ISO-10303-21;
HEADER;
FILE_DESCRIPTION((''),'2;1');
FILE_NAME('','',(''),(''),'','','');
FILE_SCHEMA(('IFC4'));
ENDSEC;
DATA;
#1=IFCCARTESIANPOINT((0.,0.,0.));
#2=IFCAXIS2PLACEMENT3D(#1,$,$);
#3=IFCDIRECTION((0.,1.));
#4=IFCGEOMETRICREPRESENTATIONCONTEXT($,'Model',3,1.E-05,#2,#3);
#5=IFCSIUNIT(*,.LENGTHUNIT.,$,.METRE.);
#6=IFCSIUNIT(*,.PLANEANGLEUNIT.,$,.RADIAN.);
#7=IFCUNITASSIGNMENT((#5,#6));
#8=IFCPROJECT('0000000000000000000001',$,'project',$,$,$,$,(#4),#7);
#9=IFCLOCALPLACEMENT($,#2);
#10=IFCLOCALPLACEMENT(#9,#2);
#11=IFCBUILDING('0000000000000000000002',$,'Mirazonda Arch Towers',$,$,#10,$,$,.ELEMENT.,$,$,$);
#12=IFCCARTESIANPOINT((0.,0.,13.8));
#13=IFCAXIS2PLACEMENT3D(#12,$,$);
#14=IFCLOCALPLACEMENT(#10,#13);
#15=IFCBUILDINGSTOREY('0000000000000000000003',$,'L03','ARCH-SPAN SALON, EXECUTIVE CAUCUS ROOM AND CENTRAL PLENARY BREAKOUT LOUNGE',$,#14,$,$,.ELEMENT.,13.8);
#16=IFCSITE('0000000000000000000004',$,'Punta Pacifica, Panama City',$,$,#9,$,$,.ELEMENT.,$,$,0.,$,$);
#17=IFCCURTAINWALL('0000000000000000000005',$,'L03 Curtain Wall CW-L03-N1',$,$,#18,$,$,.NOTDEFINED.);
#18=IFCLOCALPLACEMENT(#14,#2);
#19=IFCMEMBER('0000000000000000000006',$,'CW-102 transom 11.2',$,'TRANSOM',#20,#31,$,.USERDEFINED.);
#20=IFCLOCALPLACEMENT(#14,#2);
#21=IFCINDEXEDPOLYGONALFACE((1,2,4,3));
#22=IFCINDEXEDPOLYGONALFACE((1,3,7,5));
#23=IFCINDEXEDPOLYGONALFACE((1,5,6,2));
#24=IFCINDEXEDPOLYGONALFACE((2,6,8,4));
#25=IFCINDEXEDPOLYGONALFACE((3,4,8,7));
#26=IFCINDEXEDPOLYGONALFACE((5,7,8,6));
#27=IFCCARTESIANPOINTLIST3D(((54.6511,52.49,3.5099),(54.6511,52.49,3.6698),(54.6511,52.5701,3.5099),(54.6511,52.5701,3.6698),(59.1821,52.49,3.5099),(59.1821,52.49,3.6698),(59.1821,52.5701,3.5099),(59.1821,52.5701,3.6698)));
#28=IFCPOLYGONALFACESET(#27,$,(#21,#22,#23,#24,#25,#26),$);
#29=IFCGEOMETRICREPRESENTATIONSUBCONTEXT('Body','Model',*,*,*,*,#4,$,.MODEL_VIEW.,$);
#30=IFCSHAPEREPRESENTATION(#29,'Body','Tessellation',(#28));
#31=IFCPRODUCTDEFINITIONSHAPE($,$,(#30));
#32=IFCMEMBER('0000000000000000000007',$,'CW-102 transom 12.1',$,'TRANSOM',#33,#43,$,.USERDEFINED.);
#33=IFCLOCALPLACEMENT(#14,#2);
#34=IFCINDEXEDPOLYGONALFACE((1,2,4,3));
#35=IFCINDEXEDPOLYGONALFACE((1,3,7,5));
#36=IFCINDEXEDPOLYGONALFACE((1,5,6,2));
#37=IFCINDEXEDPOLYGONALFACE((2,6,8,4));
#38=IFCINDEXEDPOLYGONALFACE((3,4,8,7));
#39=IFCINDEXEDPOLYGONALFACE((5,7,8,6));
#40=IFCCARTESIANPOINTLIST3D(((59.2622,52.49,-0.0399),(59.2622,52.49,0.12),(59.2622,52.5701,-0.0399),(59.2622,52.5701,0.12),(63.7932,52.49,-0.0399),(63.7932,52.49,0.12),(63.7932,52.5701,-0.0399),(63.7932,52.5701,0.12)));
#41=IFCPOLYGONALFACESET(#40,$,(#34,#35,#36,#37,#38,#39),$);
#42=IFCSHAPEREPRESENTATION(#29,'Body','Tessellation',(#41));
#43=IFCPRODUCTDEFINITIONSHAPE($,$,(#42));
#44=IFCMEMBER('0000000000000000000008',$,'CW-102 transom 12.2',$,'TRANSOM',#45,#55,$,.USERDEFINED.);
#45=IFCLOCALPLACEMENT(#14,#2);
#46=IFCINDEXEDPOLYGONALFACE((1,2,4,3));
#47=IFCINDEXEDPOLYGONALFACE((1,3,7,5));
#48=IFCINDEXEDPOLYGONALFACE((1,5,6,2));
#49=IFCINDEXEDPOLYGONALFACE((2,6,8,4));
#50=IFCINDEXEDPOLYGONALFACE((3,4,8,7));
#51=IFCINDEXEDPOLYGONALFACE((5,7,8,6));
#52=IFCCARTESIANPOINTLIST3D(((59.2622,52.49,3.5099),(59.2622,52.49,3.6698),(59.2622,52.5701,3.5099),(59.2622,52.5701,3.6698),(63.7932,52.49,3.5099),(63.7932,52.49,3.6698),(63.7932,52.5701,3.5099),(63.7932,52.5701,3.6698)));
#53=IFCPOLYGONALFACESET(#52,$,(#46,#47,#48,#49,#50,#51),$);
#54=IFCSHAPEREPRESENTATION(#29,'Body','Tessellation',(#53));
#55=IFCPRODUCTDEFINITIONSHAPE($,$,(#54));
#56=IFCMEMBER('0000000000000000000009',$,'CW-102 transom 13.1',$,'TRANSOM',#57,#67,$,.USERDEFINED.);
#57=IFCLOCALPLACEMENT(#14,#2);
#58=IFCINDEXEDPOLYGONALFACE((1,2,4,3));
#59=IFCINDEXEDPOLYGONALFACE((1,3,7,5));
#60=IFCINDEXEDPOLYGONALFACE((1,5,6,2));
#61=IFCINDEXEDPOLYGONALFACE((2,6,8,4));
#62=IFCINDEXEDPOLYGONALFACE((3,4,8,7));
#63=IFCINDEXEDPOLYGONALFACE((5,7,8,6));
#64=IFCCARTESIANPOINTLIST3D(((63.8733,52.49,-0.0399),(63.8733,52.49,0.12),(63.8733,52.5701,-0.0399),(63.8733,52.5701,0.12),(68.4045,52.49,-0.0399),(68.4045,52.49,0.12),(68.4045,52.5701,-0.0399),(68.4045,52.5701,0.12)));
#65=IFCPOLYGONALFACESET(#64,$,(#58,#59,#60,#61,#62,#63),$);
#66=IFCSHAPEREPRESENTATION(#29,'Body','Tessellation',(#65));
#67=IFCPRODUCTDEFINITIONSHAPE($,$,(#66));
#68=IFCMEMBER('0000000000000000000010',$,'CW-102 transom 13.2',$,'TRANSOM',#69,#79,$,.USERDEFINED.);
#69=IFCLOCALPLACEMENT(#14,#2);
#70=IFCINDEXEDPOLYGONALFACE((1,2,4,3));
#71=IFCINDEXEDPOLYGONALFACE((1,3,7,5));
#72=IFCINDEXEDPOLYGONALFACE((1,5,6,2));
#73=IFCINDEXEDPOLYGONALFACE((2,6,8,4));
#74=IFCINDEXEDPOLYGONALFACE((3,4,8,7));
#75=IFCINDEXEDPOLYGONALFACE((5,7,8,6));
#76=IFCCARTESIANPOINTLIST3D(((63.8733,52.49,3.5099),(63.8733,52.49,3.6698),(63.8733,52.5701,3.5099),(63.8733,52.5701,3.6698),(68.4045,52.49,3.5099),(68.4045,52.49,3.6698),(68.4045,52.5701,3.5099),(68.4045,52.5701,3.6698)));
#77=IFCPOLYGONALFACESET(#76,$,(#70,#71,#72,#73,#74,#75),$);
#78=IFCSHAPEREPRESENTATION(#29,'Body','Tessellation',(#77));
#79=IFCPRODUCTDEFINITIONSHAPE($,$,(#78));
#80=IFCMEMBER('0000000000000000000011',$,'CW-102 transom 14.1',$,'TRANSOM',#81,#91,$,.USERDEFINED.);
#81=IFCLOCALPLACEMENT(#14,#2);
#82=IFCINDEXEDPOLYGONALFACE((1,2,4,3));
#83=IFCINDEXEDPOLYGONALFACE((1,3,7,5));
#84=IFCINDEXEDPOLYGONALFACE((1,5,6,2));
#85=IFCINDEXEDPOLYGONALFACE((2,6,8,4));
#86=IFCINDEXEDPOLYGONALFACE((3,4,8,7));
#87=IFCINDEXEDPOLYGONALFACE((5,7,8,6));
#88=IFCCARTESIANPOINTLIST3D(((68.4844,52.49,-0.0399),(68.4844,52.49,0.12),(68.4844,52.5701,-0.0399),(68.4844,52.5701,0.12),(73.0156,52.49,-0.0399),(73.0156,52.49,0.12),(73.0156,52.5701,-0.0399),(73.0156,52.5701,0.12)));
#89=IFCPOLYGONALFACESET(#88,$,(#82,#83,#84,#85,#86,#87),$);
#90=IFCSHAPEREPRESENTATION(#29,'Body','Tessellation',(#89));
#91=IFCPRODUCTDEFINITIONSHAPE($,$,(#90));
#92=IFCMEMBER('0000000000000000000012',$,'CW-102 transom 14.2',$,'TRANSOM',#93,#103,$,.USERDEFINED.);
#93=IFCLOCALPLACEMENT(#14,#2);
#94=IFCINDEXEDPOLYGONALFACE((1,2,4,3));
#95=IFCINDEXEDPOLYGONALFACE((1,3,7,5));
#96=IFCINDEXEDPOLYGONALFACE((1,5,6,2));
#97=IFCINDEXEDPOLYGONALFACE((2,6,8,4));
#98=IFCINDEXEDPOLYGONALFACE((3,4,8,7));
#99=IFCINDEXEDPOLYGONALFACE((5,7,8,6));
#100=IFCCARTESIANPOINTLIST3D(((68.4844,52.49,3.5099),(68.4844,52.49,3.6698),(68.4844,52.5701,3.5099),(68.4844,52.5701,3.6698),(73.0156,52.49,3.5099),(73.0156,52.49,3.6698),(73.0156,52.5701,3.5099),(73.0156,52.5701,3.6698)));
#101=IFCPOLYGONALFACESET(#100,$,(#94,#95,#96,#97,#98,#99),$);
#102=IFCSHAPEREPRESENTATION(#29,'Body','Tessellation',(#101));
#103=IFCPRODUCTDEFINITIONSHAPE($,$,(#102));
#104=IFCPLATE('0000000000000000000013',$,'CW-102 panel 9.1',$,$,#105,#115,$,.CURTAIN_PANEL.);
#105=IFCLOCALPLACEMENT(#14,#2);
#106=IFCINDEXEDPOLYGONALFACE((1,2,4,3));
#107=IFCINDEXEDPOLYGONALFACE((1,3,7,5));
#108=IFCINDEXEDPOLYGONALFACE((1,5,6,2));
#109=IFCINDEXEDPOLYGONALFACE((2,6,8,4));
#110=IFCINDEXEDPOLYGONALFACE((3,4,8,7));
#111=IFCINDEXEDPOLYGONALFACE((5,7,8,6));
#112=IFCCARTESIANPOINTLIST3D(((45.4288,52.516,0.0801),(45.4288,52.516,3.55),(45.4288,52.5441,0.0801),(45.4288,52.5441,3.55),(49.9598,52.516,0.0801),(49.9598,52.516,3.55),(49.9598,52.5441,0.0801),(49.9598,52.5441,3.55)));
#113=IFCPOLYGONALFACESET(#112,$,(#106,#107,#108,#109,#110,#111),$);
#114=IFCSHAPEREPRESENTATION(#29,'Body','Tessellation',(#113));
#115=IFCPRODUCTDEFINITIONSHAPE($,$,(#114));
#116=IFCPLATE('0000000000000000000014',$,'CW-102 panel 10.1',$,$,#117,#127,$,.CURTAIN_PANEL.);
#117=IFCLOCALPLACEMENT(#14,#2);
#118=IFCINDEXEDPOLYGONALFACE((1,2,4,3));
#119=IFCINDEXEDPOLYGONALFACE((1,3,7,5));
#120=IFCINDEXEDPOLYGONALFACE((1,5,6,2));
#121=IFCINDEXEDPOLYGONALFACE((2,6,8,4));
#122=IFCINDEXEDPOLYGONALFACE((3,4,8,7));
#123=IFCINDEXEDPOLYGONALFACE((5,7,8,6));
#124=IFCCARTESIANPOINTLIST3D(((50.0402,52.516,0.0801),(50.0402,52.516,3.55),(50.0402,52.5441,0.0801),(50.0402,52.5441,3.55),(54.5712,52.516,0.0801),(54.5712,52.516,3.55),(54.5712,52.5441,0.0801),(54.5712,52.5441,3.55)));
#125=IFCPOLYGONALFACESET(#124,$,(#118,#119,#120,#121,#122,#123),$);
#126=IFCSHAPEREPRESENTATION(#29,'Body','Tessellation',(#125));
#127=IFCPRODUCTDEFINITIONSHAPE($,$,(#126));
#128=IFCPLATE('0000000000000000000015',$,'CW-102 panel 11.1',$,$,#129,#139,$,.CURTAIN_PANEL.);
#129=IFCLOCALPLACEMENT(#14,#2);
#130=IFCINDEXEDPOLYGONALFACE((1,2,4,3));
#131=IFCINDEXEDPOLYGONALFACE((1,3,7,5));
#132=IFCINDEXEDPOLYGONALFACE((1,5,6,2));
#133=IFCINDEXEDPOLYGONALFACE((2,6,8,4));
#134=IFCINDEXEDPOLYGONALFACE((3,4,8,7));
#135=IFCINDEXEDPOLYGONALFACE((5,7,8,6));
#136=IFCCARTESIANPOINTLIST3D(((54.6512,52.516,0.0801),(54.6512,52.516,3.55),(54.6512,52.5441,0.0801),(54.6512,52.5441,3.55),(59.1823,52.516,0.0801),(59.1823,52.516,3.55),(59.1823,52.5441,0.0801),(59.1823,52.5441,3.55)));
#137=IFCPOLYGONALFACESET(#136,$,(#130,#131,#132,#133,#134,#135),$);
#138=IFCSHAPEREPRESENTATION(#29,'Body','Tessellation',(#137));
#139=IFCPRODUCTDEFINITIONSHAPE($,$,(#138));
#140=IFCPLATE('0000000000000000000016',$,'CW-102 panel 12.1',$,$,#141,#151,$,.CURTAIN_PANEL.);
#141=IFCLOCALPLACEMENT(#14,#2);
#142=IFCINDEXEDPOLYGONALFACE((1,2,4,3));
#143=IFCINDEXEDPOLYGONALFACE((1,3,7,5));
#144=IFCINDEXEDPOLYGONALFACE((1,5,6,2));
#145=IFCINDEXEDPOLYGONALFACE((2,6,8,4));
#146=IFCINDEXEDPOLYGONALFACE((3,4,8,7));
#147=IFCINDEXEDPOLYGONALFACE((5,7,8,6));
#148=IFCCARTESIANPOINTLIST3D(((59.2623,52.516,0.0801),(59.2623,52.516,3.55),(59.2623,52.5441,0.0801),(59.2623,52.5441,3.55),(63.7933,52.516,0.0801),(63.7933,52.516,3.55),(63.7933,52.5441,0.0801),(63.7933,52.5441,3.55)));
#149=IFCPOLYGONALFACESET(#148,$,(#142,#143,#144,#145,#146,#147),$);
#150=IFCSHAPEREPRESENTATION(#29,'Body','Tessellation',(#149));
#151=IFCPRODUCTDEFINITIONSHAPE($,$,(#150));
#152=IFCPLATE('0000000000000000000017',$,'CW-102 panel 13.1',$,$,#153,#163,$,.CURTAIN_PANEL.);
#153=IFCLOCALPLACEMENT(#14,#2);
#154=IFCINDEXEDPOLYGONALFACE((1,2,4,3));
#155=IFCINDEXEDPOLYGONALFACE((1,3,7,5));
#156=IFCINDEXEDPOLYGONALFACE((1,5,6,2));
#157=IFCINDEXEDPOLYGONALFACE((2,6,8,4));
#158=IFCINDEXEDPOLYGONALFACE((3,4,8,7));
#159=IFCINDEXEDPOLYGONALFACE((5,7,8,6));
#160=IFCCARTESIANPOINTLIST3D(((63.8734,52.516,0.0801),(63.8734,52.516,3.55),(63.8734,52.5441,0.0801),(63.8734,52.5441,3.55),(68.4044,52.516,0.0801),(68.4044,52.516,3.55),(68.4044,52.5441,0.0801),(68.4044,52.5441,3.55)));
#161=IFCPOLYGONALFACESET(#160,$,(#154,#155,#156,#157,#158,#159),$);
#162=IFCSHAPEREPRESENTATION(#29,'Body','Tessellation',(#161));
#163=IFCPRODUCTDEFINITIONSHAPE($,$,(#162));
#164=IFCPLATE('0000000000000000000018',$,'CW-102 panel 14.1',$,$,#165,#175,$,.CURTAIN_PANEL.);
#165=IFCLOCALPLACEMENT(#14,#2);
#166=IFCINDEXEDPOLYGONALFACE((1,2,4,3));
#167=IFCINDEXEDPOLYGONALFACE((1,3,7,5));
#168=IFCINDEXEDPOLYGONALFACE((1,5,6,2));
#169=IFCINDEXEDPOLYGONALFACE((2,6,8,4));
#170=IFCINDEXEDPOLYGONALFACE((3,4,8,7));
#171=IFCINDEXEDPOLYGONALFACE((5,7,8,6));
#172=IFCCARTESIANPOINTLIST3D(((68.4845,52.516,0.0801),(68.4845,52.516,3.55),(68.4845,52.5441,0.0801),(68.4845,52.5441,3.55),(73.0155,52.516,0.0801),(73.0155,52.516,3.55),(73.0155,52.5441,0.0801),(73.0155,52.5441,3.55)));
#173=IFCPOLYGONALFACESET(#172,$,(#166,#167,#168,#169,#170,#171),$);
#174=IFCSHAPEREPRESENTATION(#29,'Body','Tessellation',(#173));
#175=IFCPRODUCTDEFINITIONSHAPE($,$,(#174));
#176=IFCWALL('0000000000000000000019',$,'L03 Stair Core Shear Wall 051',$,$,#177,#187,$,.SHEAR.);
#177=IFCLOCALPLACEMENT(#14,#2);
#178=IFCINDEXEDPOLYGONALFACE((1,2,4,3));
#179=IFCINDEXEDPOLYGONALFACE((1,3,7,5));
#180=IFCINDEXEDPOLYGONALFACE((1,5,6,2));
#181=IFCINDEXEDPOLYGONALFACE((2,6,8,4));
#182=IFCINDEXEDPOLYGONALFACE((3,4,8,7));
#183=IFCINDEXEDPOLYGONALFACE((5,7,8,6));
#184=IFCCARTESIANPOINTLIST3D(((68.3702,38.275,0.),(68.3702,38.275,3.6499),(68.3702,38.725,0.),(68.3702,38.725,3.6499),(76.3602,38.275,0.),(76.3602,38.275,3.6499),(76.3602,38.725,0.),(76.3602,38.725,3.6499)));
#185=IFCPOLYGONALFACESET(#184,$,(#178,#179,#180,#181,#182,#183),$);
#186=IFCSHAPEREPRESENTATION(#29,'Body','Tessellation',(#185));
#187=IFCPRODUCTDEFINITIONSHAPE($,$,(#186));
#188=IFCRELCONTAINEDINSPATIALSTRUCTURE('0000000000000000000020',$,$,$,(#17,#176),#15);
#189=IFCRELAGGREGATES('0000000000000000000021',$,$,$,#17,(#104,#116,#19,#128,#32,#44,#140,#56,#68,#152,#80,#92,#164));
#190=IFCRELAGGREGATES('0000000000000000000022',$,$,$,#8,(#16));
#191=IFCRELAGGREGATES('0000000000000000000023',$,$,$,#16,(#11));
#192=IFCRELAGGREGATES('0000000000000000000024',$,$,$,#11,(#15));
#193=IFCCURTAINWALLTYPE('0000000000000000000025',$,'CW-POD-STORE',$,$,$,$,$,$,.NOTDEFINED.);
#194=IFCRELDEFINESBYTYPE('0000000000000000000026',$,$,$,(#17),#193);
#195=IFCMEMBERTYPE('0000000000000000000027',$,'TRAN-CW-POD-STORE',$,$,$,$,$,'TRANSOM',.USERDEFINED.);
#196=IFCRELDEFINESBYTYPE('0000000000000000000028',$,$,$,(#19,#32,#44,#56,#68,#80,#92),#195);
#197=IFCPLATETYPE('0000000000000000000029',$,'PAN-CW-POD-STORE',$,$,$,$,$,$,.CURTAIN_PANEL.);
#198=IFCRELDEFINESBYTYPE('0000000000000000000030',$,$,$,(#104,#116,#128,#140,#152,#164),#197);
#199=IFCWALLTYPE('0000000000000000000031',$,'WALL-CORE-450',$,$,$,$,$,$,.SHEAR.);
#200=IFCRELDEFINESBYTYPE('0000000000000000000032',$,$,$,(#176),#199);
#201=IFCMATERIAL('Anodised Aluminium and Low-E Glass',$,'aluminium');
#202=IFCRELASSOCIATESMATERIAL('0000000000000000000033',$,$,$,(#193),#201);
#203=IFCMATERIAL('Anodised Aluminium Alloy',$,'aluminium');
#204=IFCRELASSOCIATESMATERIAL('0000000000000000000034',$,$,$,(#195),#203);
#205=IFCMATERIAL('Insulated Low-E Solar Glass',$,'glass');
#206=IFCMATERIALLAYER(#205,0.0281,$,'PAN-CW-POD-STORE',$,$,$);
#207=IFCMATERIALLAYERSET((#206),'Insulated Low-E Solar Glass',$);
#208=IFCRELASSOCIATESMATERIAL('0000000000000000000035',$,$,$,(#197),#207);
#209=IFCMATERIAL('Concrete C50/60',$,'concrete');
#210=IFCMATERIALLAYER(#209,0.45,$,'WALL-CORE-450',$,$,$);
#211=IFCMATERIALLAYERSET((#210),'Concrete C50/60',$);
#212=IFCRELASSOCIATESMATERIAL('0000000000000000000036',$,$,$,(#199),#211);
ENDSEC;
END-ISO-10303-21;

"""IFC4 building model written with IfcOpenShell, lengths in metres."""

from ifc_helpers import new_model, si_unit, direction, frame, frame_2d, origin, origin_2d, place, context, subcontext, project, spatial, rectangle, extrude, material, layer, layer_set, material_profile, profile_set, type_object, element, aggregate, save


model = new_model("IFC4")

# Units and contexts
model_context = context("Model", 3, precision=1e-05, world=origin(), true_north=direction((0.0, 1.0)))
body_context = subcontext(model_context, "Body", "Model", "MODEL_VIEW")
ifc_project = project(units=[si_unit("LENGTHUNIT", "METRE"), si_unit("PLANEANGLEUNIT", "RADIAN")], contexts=[model_context])

# Site, building, storey
site_placement = place(None, origin())
site = spatial("IfcSite", under=ifc_project, at=site_placement, Name="Punta Pacifica, Panama City", CompositionType="ELEMENT", RefElevation=0.0)
building_placement = place(site_placement, origin())
building = spatial("IfcBuilding", under=site, at=building_placement, Name="Mirazonda Arch Towers", CompositionType="ELEMENT")
storey_placement = place(building_placement, frame((0.0, 0.0, 13.8)))
storey = spatial("IfcBuildingStorey", under=building, at=storey_placement, Name="L03", Description="ARCH-SPAN SALON, EXECUTIVE CAUCUS ROOM AND CENTRAL PLENARY BREAKOUT LOUNGE", CompositionType="ELEMENT", Elevation=13.8)

# Shared definitions
ifc_material_1 = material(Name="Concrete C50/60", Category="concrete")

# Curtain wall, members, plates
ifc_material_2 = material(Name="Anodised Aluminium and Low-E Glass", Category="aluminium")
curtain_wall_type = type_object("IfcCurtainWallType", Name="CW-POD-STORE", PredefinedType="NOTDEFINED", material=ifc_material_2)
curtain_wall_placement = place(storey_placement, origin())
curtain_wall = element("IfcCurtainWall", 1, at=curtain_wall_placement, inside=storey, type_object=curtain_wall_type, Name="L03 Curtain Wall CW-L03-N1", PredefinedType="NOTDEFINED")
ifc_material_3 = material(Name="Anodised Aluminium Alloy", Category="aluminium")
ifc_material_profile_1 = material_profile(ifc_material_3, rectangle(XDim=0.0801, YDim=0.1599, at=origin_2d()), Name="ALU-TRAN-80x160")
ifc_profile_set_1 = profile_set([ifc_material_profile_1], Name="Anodised Aluminium Alloy")
member_type_1 = type_object("IfcMemberType", Name="TRAN-CW-POD-STORE", ElementType="TRANSOM", PredefinedType="USERDEFINED", material=ifc_profile_set_1)
member_1_placement = place(storey_placement, frame((54.6511, 52.53, 3.5898), z_axis=(1.0, 0.0, 0.0), x_axis=(0.0, 1.0, 0.0)))
member_1 = element("IfcMember", 2, at=member_1_placement, type_object=member_type_1, Name="CW-102 transom 11.2", ObjectType="TRANSOM", PredefinedType="USERDEFINED", context=body_context, shape_type="SweptSolid", body=[
    extrude(rectangle(XDim=0.0801, YDim=0.1599, at=origin_2d()), origin(), (0.0, 0.0, 1.0), 4.531),
])
member_2_placement = place(storey_placement, frame((59.2622, 52.53, 0.04), z_axis=(1.0, 0.0, 0.0), x_axis=(0.0, 1.0, 0.0)))
member_2 = element("IfcMember", 3, at=member_2_placement, type_object=member_type_1, Name="CW-102 transom 12.1", ObjectType="TRANSOM", PredefinedType="USERDEFINED", context=body_context, shape_type="SweptSolid", body=[
    extrude(rectangle(XDim=0.0801, YDim=0.1599, at=origin_2d()), origin(), (0.0, 0.0, 1.0), 4.531),
])
member_3_placement = place(storey_placement, frame((59.2622, 52.53, 3.5898), z_axis=(1.0, 0.0, 0.0), x_axis=(0.0, 1.0, 0.0)))
member_3 = element("IfcMember", 4, at=member_3_placement, type_object=member_type_1, Name="CW-102 transom 12.2", ObjectType="TRANSOM", PredefinedType="USERDEFINED", context=body_context, shape_type="SweptSolid", body=[
    extrude(rectangle(XDim=0.0801, YDim=0.1599, at=origin_2d()), origin(), (0.0, 0.0, 1.0), 4.531),
])
member_4_placement = place(storey_placement, frame((63.8733, 52.53, 0.04), z_axis=(1.0, 0.0, 0.0), x_axis=(0.0, 1.0, 0.0)))
member_4 = element("IfcMember", 5, at=member_4_placement, type_object=member_type_1, Name="CW-102 transom 13.1", ObjectType="TRANSOM", PredefinedType="USERDEFINED", context=body_context, shape_type="SweptSolid", body=[
    extrude(rectangle(XDim=0.0801, YDim=0.1599, at=origin_2d()), origin(), (0.0, 0.0, 1.0), 4.5312),
])
member_5_placement = place(storey_placement, frame((63.8733, 52.53, 3.5898), z_axis=(1.0, 0.0, 0.0), x_axis=(0.0, 1.0, 0.0)))
member_5 = element("IfcMember", 6, at=member_5_placement, type_object=member_type_1, Name="CW-102 transom 13.2", ObjectType="TRANSOM", PredefinedType="USERDEFINED", context=body_context, shape_type="SweptSolid", body=[
    extrude(rectangle(XDim=0.0801, YDim=0.1599, at=origin_2d()), origin(), (0.0, 0.0, 1.0), 4.5312),
])
member_6_placement = place(storey_placement, frame((68.4844, 52.53, 0.04), z_axis=(1.0, 0.0, 0.0), x_axis=(0.0, 1.0, 0.0)))
member_6 = element("IfcMember", 7, at=member_6_placement, type_object=member_type_1, Name="CW-102 transom 14.1", ObjectType="TRANSOM", PredefinedType="USERDEFINED", context=body_context, shape_type="SweptSolid", body=[
    extrude(rectangle(XDim=0.0801, YDim=0.1599, at=origin_2d()), origin(), (0.0, 0.0, 1.0), 4.5312),
])
member_7_placement = place(storey_placement, frame((68.4844, 52.53, 3.5898), z_axis=(1.0, 0.0, 0.0), x_axis=(0.0, 1.0, 0.0)))
member_7 = element("IfcMember", 8, at=member_7_placement, type_object=member_type_1, Name="CW-102 transom 14.2", ObjectType="TRANSOM", PredefinedType="USERDEFINED", context=body_context, shape_type="SweptSolid", body=[
    extrude(rectangle(XDim=0.0801, YDim=0.1599, at=origin_2d()), origin(), (0.0, 0.0, 1.0), 4.5312),
])
ifc_material_4 = material(Name="Insulated Low-E Solar Glass", Category="glass")
ifc_layer_1 = layer(ifc_material_4, 0.0281, Name="PAN-CW-POD-STORE")
ifc_layer_set_1 = layer_set([ifc_layer_1], Name="Insulated Low-E Solar Glass")
plate_type = type_object("IfcPlateType", Name="PAN-CW-POD-STORE", PredefinedType="CURTAIN_PANEL", material=ifc_layer_set_1)
plate_1_placement = place(storey_placement, frame((47.6943, 52.53, 0.0801), z_axis=(0.0, 0.0, 1.0), x_axis=(1.0, 0.0, 0.0)))
plate_1 = element("IfcPlate", 9, at=plate_1_placement, type_object=plate_type, Name="CW-102 panel 9.1", PredefinedType="CURTAIN_PANEL", context=body_context, shape_type="SweptSolid", body=[
    extrude(rectangle(XDim=4.531, YDim=0.0281, at=origin_2d()), origin(), (0.0, 0.0, 1.0), 3.47),
])
plate_2_placement = place(storey_placement, frame((52.3057, 52.53, 0.0801), z_axis=(0.0, 0.0, 1.0), x_axis=(1.0, 0.0, 0.0)))
plate_2 = element("IfcPlate", 10, at=plate_2_placement, type_object=plate_type, Name="CW-102 panel 10.1", PredefinedType="CURTAIN_PANEL", context=body_context, shape_type="SweptSolid", body=[
    extrude(rectangle(XDim=4.531, YDim=0.0281, at=origin_2d()), origin(), (0.0, 0.0, 1.0), 3.47),
])
plate_3_placement = place(storey_placement, frame((56.9167, 52.53, 0.0801), z_axis=(0.0, 0.0, 1.0), x_axis=(1.0, 0.0, 0.0)))
plate_3 = element("IfcPlate", 11, at=plate_3_placement, type_object=plate_type, Name="CW-102 panel 11.1", PredefinedType="CURTAIN_PANEL", context=body_context, shape_type="SweptSolid", body=[
    extrude(rectangle(XDim=4.531, YDim=0.0281, at=origin_2d()), origin(), (0.0, 0.0, 1.0), 3.47),
])
plate_4_placement = place(storey_placement, frame((61.5278, 52.53, 0.0801), z_axis=(0.0, 0.0, 1.0), x_axis=(1.0, 0.0, 0.0)))
plate_4 = element("IfcPlate", 12, at=plate_4_placement, type_object=plate_type, Name="CW-102 panel 12.1", PredefinedType="CURTAIN_PANEL", context=body_context, shape_type="SweptSolid", body=[
    extrude(rectangle(XDim=4.531, YDim=0.0281, at=origin_2d()), origin(), (0.0, 0.0, 1.0), 3.47),
])
plate_5_placement = place(storey_placement, frame((66.1389, 52.53, 0.0801), z_axis=(0.0, 0.0, 1.0), x_axis=(1.0, 0.0, 0.0)))
plate_5 = element("IfcPlate", 13, at=plate_5_placement, type_object=plate_type, Name="CW-102 panel 13.1", PredefinedType="CURTAIN_PANEL", context=body_context, shape_type="SweptSolid", body=[
    extrude(rectangle(XDim=4.531, YDim=0.0281, at=origin_2d()), origin(), (0.0, 0.0, 1.0), 3.47),
])
plate_6_placement = place(storey_placement, frame((70.75, 52.53, 0.0801), z_axis=(0.0, 0.0, 1.0), x_axis=(1.0, 0.0, 0.0)))
plate_6 = element("IfcPlate", 14, at=plate_6_placement, type_object=plate_type, Name="CW-102 panel 14.1", PredefinedType="CURTAIN_PANEL", context=body_context, shape_type="SweptSolid", body=[
    extrude(rectangle(XDim=4.531, YDim=0.0281, at=origin_2d()), origin(), (0.0, 0.0, 1.0), 3.47),
])
aggregate(curtain_wall, [plate_1, plate_2, member_1, plate_3, member_2, member_3, plate_4, member_4, member_5, plate_5, member_6, member_7, plate_6])

# Wall
ifc_layer_2 = layer(ifc_material_1, 0.45, Name="WALL-CORE-450")
ifc_layer_set_2 = layer_set([ifc_layer_2], Name="Concrete C50/60")
wall_type_1 = type_object("IfcWallType", Name="WALL-CORE-450", PredefinedType="SHEAR", material=ifc_layer_set_2)
wall_1_placement = place(storey_placement, frame((68.3701, 38.5, 0.0), z_axis=(0.0, 0.0, 1.0), x_axis=(1.0, 0.0, 0.0)))
element("IfcWall", 15, at=wall_1_placement, inside=storey, type_object=wall_type_1, Name="L03 Stair Core Shear Wall 051", PredefinedType="SHEAR", context=body_context, shape_type="SweptSolid", body=[
    extrude(rectangle(XDim=7.99, YDim=0.45, at=frame_2d((3.9951, 0.0))), origin(), (0.0, 0.0, 1.0), 3.6499),
])

save(model, "model.ifc")
